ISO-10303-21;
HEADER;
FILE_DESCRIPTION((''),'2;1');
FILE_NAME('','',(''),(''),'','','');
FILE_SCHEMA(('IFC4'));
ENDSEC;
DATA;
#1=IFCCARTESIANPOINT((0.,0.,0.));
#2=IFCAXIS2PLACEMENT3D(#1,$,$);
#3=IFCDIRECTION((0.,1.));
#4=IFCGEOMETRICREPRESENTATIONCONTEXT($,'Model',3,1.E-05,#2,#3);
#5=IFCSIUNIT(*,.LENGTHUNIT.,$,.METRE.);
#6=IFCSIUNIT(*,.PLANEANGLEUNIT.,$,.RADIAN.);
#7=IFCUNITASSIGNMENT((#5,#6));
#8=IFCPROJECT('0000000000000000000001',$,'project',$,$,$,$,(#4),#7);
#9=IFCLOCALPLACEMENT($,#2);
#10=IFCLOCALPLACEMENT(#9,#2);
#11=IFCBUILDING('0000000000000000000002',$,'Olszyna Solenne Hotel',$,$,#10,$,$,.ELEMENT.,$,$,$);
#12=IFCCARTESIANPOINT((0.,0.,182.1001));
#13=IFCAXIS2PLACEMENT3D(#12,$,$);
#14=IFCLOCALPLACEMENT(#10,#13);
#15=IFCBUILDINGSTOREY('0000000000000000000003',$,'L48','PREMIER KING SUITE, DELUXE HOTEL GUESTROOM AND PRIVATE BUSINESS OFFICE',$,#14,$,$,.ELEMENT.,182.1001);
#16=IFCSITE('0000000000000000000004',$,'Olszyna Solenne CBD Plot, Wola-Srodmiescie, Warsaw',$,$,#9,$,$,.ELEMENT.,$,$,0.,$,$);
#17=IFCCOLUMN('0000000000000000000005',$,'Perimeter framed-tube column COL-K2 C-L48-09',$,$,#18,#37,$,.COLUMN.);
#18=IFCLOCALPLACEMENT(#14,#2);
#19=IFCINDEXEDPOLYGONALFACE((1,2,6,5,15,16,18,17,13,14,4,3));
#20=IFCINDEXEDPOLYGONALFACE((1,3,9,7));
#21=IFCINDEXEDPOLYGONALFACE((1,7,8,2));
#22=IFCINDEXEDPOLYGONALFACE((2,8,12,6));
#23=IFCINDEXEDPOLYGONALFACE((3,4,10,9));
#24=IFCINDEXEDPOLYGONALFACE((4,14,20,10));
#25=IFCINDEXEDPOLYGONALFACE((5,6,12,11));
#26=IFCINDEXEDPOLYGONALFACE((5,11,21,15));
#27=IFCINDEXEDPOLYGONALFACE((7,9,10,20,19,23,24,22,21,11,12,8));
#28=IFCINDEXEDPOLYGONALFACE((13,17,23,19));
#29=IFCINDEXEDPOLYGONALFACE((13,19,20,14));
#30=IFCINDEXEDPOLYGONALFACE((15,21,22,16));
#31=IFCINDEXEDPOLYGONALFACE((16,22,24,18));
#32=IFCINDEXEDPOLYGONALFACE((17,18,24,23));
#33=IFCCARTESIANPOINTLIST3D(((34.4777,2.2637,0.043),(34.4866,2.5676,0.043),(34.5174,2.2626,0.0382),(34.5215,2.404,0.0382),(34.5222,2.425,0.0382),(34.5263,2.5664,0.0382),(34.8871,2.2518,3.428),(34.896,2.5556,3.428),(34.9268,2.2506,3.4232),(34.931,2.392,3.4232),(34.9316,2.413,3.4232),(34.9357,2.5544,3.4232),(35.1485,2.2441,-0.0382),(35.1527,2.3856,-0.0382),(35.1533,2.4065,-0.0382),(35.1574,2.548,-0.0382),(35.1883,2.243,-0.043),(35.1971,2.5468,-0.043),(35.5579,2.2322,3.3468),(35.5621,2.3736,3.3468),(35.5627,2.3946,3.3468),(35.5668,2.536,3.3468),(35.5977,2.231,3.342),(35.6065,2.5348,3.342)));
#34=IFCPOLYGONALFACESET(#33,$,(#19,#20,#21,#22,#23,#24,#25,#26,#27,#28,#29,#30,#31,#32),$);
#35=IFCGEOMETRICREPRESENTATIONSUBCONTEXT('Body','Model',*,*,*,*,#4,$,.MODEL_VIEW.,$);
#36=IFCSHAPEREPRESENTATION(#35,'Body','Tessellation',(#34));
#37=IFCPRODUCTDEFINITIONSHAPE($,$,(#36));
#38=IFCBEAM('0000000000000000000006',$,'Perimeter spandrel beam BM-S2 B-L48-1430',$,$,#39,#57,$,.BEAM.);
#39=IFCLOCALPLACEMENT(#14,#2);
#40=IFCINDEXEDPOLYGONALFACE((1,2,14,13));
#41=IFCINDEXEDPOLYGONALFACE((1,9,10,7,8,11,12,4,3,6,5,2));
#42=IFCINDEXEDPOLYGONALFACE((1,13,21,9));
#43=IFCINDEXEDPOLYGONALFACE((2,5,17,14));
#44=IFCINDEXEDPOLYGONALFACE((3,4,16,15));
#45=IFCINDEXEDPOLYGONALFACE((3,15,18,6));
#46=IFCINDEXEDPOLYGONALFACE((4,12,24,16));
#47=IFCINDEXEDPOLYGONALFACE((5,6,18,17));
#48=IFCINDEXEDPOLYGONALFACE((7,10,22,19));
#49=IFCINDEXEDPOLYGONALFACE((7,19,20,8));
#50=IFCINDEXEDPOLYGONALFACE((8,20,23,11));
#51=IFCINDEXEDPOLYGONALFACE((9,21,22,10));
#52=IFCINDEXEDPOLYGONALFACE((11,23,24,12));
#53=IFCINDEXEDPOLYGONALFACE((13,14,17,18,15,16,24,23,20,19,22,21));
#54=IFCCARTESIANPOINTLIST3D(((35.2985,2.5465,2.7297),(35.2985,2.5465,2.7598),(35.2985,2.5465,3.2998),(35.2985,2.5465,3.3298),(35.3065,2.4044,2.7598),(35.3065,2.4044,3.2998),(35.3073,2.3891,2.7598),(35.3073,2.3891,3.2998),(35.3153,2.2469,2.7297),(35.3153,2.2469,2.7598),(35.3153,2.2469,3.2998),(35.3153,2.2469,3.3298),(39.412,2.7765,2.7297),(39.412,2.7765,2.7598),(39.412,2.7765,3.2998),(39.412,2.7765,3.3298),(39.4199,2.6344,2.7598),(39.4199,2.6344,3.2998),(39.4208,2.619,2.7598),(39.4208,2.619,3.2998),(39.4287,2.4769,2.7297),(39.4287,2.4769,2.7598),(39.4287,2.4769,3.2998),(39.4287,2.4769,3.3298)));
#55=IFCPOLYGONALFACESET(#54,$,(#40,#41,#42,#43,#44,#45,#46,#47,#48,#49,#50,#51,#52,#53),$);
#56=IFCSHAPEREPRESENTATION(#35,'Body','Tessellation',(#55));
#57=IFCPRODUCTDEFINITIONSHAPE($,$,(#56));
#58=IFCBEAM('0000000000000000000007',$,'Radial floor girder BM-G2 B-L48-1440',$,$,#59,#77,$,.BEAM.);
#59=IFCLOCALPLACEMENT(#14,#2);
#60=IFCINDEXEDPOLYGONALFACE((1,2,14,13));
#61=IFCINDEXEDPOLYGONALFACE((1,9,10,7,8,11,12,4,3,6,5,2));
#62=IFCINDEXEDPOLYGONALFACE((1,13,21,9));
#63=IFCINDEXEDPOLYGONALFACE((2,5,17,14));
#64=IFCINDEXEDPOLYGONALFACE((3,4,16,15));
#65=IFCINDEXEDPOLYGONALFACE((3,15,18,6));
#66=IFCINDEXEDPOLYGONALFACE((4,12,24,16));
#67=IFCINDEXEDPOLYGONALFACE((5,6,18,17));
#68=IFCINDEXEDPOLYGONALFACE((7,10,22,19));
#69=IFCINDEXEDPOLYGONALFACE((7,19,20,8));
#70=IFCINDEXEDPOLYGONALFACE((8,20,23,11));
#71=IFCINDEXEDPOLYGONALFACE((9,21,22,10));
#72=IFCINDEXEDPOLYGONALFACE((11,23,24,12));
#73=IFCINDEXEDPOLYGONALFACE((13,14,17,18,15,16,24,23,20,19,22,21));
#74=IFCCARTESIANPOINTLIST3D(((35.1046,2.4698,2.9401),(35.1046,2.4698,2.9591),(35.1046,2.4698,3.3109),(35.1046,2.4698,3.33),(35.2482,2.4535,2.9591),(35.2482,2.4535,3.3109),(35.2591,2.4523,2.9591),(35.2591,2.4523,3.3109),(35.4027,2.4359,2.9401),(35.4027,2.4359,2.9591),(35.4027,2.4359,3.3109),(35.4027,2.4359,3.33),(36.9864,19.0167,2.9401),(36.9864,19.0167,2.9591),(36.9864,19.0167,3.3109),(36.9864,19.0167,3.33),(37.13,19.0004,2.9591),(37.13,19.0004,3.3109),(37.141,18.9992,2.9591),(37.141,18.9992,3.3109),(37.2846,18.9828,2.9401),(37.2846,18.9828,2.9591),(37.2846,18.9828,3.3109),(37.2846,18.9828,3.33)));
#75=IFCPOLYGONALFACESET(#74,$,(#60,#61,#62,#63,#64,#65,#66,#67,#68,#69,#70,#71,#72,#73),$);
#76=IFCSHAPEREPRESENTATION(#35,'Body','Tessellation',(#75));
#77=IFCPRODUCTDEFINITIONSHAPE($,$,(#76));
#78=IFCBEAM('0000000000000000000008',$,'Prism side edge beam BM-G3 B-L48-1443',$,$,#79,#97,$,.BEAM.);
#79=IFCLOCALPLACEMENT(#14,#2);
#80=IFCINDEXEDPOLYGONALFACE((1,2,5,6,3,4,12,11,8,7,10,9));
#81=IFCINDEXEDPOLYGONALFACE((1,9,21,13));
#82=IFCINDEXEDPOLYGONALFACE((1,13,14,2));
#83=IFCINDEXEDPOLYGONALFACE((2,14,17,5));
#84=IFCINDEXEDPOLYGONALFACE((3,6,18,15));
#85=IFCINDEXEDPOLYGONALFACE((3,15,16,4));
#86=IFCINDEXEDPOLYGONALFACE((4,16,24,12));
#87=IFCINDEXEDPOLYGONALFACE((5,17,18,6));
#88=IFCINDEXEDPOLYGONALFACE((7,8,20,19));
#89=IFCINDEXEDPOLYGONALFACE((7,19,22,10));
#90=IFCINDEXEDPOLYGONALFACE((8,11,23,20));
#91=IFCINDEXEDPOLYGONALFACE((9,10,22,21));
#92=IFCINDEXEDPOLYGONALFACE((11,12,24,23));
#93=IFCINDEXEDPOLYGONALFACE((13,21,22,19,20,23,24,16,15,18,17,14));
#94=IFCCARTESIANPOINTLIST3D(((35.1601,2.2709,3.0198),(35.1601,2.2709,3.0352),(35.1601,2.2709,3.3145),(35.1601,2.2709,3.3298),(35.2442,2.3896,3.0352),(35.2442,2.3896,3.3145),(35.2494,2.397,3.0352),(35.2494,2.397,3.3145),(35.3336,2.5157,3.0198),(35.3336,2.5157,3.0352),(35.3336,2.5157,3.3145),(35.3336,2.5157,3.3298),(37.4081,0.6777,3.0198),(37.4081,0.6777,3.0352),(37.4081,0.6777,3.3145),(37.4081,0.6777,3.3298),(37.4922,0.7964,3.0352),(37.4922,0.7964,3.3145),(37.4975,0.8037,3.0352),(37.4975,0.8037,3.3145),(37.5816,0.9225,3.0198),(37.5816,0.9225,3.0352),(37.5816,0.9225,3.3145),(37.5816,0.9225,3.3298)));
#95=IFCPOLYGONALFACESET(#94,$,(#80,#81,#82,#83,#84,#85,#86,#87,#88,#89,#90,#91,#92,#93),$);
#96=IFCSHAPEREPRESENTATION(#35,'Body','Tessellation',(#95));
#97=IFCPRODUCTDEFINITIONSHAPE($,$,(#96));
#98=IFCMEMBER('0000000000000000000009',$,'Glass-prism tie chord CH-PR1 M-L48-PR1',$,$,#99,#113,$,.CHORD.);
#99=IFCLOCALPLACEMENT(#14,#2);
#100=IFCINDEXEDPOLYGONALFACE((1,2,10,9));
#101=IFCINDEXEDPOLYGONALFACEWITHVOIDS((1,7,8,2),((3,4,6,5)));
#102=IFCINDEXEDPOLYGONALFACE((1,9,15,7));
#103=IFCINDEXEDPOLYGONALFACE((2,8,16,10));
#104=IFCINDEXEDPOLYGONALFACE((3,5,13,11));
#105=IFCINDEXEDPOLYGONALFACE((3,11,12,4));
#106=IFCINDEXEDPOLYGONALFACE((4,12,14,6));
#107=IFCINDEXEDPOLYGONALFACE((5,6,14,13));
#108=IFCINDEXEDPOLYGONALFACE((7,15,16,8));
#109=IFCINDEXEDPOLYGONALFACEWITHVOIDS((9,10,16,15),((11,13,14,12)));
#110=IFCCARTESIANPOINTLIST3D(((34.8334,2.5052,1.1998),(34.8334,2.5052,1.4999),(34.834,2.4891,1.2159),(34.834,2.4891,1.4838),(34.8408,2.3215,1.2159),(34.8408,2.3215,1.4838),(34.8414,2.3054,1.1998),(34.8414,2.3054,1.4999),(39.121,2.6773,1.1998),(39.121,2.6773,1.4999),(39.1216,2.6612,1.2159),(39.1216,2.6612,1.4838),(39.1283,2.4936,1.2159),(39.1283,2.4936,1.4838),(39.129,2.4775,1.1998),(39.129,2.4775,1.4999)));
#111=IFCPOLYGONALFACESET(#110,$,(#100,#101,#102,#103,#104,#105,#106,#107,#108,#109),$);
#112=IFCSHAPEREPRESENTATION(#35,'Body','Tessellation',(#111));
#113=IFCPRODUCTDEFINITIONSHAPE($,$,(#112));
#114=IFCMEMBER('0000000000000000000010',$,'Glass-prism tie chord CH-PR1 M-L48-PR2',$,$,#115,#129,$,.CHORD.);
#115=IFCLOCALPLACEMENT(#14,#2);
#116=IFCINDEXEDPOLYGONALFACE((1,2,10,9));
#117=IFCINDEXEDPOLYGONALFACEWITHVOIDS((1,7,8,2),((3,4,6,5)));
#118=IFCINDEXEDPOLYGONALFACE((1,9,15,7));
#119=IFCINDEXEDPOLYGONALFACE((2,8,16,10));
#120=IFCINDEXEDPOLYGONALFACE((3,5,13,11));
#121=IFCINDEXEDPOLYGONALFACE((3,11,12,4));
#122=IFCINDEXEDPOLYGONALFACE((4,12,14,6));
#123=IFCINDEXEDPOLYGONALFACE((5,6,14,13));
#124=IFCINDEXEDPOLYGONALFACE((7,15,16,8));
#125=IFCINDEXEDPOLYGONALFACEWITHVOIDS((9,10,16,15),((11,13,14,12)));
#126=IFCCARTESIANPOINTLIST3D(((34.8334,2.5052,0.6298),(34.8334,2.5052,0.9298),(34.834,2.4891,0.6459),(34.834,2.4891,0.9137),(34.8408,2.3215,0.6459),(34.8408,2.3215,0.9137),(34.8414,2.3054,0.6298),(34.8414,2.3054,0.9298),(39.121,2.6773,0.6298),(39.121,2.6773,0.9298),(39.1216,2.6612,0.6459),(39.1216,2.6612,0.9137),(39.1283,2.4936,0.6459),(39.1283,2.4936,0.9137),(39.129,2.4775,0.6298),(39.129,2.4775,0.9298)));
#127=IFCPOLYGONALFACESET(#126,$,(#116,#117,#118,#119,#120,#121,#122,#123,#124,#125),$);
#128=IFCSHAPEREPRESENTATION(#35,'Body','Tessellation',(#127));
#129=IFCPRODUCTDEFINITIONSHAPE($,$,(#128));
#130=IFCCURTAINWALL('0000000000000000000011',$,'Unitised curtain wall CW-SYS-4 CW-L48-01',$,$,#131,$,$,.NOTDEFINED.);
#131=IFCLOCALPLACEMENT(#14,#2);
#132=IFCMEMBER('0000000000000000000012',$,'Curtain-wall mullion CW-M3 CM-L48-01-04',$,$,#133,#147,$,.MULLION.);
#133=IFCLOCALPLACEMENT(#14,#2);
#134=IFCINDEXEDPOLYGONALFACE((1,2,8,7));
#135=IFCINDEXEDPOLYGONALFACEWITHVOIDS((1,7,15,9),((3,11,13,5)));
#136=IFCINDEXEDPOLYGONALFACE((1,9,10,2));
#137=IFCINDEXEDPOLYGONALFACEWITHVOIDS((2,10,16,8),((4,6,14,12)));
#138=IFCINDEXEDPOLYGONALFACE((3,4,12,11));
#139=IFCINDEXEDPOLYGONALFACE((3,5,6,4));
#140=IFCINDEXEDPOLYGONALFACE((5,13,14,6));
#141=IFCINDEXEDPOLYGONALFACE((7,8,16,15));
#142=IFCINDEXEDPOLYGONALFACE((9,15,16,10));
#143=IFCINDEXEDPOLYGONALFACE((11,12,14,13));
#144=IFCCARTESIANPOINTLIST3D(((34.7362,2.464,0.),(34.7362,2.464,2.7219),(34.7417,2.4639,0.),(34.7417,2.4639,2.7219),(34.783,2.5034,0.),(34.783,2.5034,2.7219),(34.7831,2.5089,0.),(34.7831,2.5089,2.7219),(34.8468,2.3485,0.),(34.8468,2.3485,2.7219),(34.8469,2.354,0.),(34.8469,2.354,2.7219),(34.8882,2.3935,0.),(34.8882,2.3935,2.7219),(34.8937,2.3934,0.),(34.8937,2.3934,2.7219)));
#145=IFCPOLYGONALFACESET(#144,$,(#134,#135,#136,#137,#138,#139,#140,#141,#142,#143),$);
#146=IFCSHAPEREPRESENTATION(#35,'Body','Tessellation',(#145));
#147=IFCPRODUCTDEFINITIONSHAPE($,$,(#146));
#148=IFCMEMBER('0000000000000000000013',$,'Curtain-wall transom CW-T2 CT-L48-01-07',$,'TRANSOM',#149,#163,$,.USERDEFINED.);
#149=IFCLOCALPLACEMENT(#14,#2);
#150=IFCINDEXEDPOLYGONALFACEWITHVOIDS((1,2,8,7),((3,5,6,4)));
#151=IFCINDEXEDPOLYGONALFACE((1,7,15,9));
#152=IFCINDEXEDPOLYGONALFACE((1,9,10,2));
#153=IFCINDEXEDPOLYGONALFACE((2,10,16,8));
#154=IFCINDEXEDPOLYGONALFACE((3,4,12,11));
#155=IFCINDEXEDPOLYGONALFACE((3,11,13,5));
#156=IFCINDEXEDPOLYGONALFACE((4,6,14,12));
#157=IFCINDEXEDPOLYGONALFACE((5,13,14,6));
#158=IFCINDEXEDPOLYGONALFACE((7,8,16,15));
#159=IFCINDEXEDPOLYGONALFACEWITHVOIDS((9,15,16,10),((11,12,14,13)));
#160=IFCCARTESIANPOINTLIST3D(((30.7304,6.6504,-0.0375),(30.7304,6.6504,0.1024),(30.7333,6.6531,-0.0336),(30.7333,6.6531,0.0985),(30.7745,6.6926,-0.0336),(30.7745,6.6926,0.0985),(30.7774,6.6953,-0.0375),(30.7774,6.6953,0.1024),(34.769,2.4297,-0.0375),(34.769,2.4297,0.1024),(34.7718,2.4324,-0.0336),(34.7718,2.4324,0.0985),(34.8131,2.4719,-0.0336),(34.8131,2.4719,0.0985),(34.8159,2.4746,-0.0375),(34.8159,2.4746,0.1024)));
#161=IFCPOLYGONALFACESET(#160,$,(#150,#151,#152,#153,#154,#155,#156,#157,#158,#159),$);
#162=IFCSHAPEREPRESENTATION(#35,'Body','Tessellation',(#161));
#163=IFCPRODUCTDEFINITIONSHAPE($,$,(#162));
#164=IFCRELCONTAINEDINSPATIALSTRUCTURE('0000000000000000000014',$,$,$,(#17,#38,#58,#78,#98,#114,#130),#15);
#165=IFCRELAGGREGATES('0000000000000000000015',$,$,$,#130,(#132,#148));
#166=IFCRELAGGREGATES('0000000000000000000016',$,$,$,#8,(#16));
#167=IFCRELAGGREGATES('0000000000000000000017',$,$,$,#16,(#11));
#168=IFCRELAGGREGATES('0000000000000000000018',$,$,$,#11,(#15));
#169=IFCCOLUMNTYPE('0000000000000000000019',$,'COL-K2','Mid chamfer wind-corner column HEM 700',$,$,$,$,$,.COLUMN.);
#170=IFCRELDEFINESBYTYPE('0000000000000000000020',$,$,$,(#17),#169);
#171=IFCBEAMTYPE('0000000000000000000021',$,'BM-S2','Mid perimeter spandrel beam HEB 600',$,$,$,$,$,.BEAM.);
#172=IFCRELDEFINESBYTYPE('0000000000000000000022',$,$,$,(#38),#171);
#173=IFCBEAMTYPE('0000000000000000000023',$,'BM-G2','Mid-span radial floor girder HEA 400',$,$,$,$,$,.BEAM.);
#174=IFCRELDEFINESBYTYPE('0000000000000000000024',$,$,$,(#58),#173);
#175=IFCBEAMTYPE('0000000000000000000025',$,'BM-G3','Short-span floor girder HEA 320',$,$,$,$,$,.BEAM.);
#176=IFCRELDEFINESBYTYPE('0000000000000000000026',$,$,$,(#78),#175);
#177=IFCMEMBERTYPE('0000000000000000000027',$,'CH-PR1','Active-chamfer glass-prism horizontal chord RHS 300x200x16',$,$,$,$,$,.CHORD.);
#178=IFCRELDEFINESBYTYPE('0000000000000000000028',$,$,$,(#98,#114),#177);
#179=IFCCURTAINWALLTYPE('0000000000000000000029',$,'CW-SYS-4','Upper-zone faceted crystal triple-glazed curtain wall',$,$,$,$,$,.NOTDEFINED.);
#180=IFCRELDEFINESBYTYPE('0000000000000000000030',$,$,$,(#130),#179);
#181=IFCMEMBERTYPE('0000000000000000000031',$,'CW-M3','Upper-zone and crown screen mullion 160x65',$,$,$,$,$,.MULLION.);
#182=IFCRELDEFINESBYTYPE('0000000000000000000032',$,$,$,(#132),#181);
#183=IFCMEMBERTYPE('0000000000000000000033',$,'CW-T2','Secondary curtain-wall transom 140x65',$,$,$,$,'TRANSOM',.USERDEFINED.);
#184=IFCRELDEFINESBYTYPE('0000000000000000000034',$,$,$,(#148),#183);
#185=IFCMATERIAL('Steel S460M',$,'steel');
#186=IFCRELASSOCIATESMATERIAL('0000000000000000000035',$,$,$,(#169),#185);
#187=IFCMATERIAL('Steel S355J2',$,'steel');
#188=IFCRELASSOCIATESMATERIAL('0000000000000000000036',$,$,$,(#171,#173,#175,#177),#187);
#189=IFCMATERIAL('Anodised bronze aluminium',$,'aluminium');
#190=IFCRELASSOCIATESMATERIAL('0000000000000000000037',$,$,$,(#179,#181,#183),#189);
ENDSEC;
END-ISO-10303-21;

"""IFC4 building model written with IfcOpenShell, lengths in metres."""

from ifc_helpers import new_model, si_unit, direction, frame, origin, origin_2d, place, context, subcontext, project, spatial, hollow_rectangle, i_section, extrude, source, transform, mapped, material, material_profile, profile_set, type_object, element, aggregate, save


model = new_model("IFC4")

# Units and contexts
model_context = context("Model", 3, precision=1e-05, world=origin(), true_north=direction((0.0, 1.0)))
body_context = subcontext(model_context, "Body", "Model", "MODEL_VIEW")
ifc_project = project(units=[si_unit("LENGTHUNIT", "METRE"), si_unit("PLANEANGLEUNIT", "RADIAN")], contexts=[model_context])

# Site, building, storey
site_placement = place(None, origin())
site = spatial("IfcSite", under=ifc_project, at=site_placement, Name="Olszyna Solenne CBD Plot, Wola-Srodmiescie, Warsaw", CompositionType="ELEMENT", RefElevation=0.0)
building_placement = place(site_placement, origin())
building = spatial("IfcBuilding", under=site, at=building_placement, Name="Olszyna Solenne Hotel", CompositionType="ELEMENT")
storey_placement = place(building_placement, frame((0.0, 0.0, 182.1001)))
storey = spatial("IfcBuildingStorey", under=building, at=storey_placement, Name="L48", Description="PREMIER KING SUITE, DELUXE HOTEL GUESTROOM AND PRIVATE BUSINESS OFFICE", CompositionType="ELEMENT", Elevation=182.1001)

# Column
ifc_material_1 = material(Name="Steel S460M", Category="steel")
ifc_material_profile_1 = material_profile(ifc_material_1, i_section(OverallWidth=0.304, OverallDepth=0.7161, WebThickness=0.021, FlangeThickness=0.04, at=origin_2d()), Name="HEM 700", Category="load-bearing")
ifc_profile_set_1 = profile_set([ifc_material_profile_1], Name="Steel S460M")
column_type = type_object("IfcColumnType", Name="COL-K2", Description="Mid chamfer wind-corner column HEM 700", PredefinedType="COLUMN", material=ifc_profile_set_1)
shared_shape_1 = source(origin(), body_context, "Body", "SweptSolid", [
    extrude(i_section(OverallWidth=0.304, OverallDepth=0.7161, WebThickness=0.021, FlangeThickness=0.04, at=origin_2d()), origin(), (0.0, 0.0, 1.0), 3.4097),
])
column_placement = place(storey_placement, frame((34.8374, 2.4053, 0.0), z_axis=(0.120076, -0.003508, 0.992758), x_axis=(0.029206, 0.999573, 0.0)))
element("IfcColumn", 1, at=column_placement, inside=storey, type_object=column_type, Name="Perimeter framed-tube column COL-K2 C-L48-09", PredefinedType="COLUMN", context=body_context, shape_type="MappedRepresentation", body=[
    mapped(shared_shape_1, transform((0.0, 0.0, 0.0), x_axis=(1.0, 0.0, 0.0), y_axis=(0.0, 1.0, 0.0), z_axis=(0.0, 0.0, 1.0), scale=1.0)),
])

# Beams
ifc_material_2 = material(Name="Steel S355J2", Category="steel")
ifc_material_profile_2 = material_profile(ifc_material_2, i_section(OverallWidth=0.3, OverallDepth=0.6001, WebThickness=0.0154, FlangeThickness=0.03, at=origin_2d()), Name="HEB 600", Category="load-bearing")
ifc_profile_set_2 = profile_set([ifc_material_profile_2], Name="Steel S355J2")
beam_type_1 = type_object("IfcBeamType", Name="BM-S2", Description="Mid perimeter spandrel beam HEB 600", PredefinedType="BEAM", material=ifc_profile_set_2)
shared_shape_2 = source(origin(), body_context, "Body", "SweptSolid", [
    extrude(i_section(OverallWidth=0.3, OverallDepth=0.6001, WebThickness=0.0154, FlangeThickness=0.03, at=origin_2d()), origin(), (0.0, 0.0, 1.0), 4.1199),
])
beam_1_placement = place(storey_placement, frame((35.3069, 2.3967, 3.0298), z_axis=(0.998441, 0.055821, 0.0), x_axis=(-0.055821, 0.998441, 0.0)))
element("IfcBeam", 2, at=beam_1_placement, inside=storey, type_object=beam_type_1, Name="Perimeter spandrel beam BM-S2 B-L48-1430", PredefinedType="BEAM", context=body_context, shape_type="MappedRepresentation", body=[
    mapped(shared_shape_2, transform((0.0, 0.0, 0.0), x_axis=(1.0, 0.0, 0.0), y_axis=(0.0, 1.0, 0.0), z_axis=(0.0, 0.0, 1.0), scale=1.0)),
])
ifc_material_profile_3 = material_profile(ifc_material_2, i_section(OverallWidth=0.3, OverallDepth=0.3899, WebThickness=0.011, FlangeThickness=0.019, at=origin_2d()), Name="HEA 400", Category="load-bearing")
ifc_profile_set_3 = profile_set([ifc_material_profile_3], Name="Steel S355J2")
beam_type_2 = type_object("IfcBeamType", Name="BM-G2", Description="Mid-span radial floor girder HEA 400", PredefinedType="BEAM", material=ifc_profile_set_3)
shared_shape_3 = source(origin(), body_context, "Body", "SweptSolid", [
    extrude(i_section(OverallWidth=0.3, OverallDepth=0.3899, WebThickness=0.011, FlangeThickness=0.019, at=origin_2d()), origin(), (0.0, 0.0, 1.0), 16.6536),
])
beam_2_placement = place(storey_placement, frame((35.2537, 2.4529, 3.135), z_axis=(0.112999, 0.993595, 0.0), x_axis=(-0.993595, 0.112999, 0.0)))
element("IfcBeam", 3, at=beam_2_placement, inside=storey, type_object=beam_type_2, Name="Radial floor girder BM-G2 B-L48-1440", PredefinedType="BEAM", context=body_context, shape_type="MappedRepresentation", body=[
    mapped(shared_shape_3, transform((0.0, 0.0, 0.0), x_axis=(1.0, 0.0, 0.0), y_axis=(0.0, 1.0, 0.0), z_axis=(0.0, 0.0, 1.0), scale=1.0)),
])
ifc_material_profile_4 = material_profile(ifc_material_2, i_section(OverallWidth=0.3, OverallDepth=0.3101, WebThickness=0.009, FlangeThickness=0.0154, at=origin_2d()), Name="HEA 320", Category="load-bearing")
ifc_profile_set_4 = profile_set([ifc_material_profile_4], Name="Steel S355J2")
beam_type_3 = type_object("IfcBeamType", Name="BM-G3", Description="Short-span floor girder HEA 320", PredefinedType="BEAM", material=ifc_profile_set_4)
shared_shape_4 = source(origin(), body_context, "Body", "SweptSolid", [
    extrude(i_section(OverallWidth=0.3, OverallDepth=0.3101, WebThickness=0.009, FlangeThickness=0.0154, at=origin_2d()), origin(), (0.0, 0.0, 1.0), 2.7554),
])
beam_3_placement = place(storey_placement, frame((35.2468, 2.3933, 3.1748), z_axis=(0.815871, -0.578234, 0.0), x_axis=(0.578234, 0.815871, 0.0)))
element("IfcBeam", 4, at=beam_3_placement, inside=storey, type_object=beam_type_3, Name="Prism side edge beam BM-G3 B-L48-1443", PredefinedType="BEAM", context=body_context, shape_type="MappedRepresentation", body=[
    mapped(shared_shape_4, transform((0.0, 0.0, 0.0), x_axis=(1.0, 0.0, 0.0), y_axis=(0.0, 1.0, 0.0), z_axis=(0.0, 0.0, 1.0), scale=1.0)),
])

# Members
ifc_material_profile_5 = material_profile(ifc_material_2, hollow_rectangle(XDim=0.2, YDim=0.3, WallThickness=0.0161, at=origin_2d()), Name="RHS 300x200x16", Category="load-bearing")
ifc_profile_set_5 = profile_set([ifc_material_profile_5], Name="Steel S355J2")
member_type_1 = type_object("IfcMemberType", Name="CH-PR1", Description="Active-chamfer glass-prism horizontal chord RHS 300x200x16", PredefinedType="CHORD", material=ifc_profile_set_5)
shared_shape_5 = source(origin(), body_context, "Body", "SweptSolid", [
    extrude(hollow_rectangle(XDim=0.2, YDim=0.3, WallThickness=0.0161, at=origin_2d()), origin(), (0.0, 0.0, 1.0), 4.291),
])
for number, where, z_axis, x_axis, name in (
    (5, (34.8374, 2.4053, 1.3499), (0.999195, 0.040111, 0.0), (-0.040111, 0.999195, 0.0), "Glass-prism tie chord CH-PR1 M-L48-PR1"),
    (6, (34.8374, 2.4053, 0.7798), (0.999195, 0.040111, 0.0), (-0.040111, 0.999195, 0.0), "Glass-prism tie chord CH-PR1 M-L48-PR2"),
):
    element("IfcMember", number, at=place(storey_placement, frame(where, z_axis=z_axis, x_axis=x_axis)), inside=storey, type_object=member_type_1, Name=name, PredefinedType="CHORD", context=body_context, shape_type="MappedRepresentation", body=[
        mapped(shared_shape_5, transform((0.0, 0.0, 0.0), x_axis=(1.0, 0.0, 0.0), y_axis=(0.0, 1.0, 0.0), z_axis=(0.0, 0.0, 1.0), scale=1.0)),
    ])

# Curtain wall, members
ifc_material_3 = material(Name="Anodised bronze aluminium", Category="aluminium")
curtain_wall_type = type_object("IfcCurtainWallType", Name="CW-SYS-4", Description="Upper-zone faceted crystal triple-glazed curtain wall", PredefinedType="NOTDEFINED", material=ifc_material_3)
curtain_wall_placement = place(storey_placement, origin())
curtain_wall = element("IfcCurtainWall", 7, at=curtain_wall_placement, inside=storey, type_object=curtain_wall_type, Name="Unitised curtain wall CW-SYS-4 CW-L48-01", PredefinedType="NOTDEFINED")
ifc_material_profile_6 = material_profile(ifc_material_3, hollow_rectangle(XDim=0.0649, YDim=0.1599, WallThickness=0.0039, at=origin_2d()), Name="MULL 160x65x4", Category="load-bearing")
ifc_profile_set_6 = profile_set([ifc_material_profile_6], Name="Anodised bronze aluminium")
member_type_2 = type_object("IfcMemberType", Name="CW-M3", Description="Upper-zone and crown screen mullion 160x65", PredefinedType="MULLION", material=ifc_profile_set_6)
shared_shape_6 = source(origin(), body_context, "Body", "SweptSolid", [
    extrude(hollow_rectangle(XDim=0.0649, YDim=0.1599, WallThickness=0.0039, at=origin_2d()), origin(), (0.0, 0.0, 1.0), 2.7219),
])
member_1_placement = place(storey_placement, frame((34.8149, 2.4287, 0.0), z_axis=(0.0, 0.0, 1.0), x_axis=(0.722518, 0.691352, 0.0)))
member_1 = element("IfcMember", 8, at=member_1_placement, type_object=member_type_2, Name="Curtain-wall mullion CW-M3 CM-L48-01-04", PredefinedType="MULLION", context=body_context, shape_type="MappedRepresentation", body=[
    mapped(shared_shape_6, transform((0.0, 0.0, 0.0), x_axis=(1.0, 0.0, 0.0), y_axis=(0.0, 1.0, 0.0), z_axis=(0.0, 0.0, 1.0), scale=1.0)),
])
ifc_material_profile_7 = material_profile(ifc_material_3, hollow_rectangle(XDim=0.0649, YDim=0.1399, WallThickness=0.0039, at=origin_2d()), Name="TRAN 140x65x4", Category="load-bearing")
ifc_profile_set_7 = profile_set([ifc_material_profile_7], Name="Anodised bronze aluminium")
member_type_3 = type_object("IfcMemberType", Name="CW-T2", Description="Secondary curtain-wall transom 140x65", ElementType="TRANSOM", PredefinedType="USERDEFINED", material=ifc_profile_set_7)
shared_shape_7 = source(origin(), body_context, "Body", "SweptSolid", [
    extrude(hollow_rectangle(XDim=0.0649, YDim=0.1399, WallThickness=0.0039, at=origin_2d()), origin(), (0.0, 0.0, 1.0), 5.8416),
])
member_2_placement = place(storey_placement, frame((30.7539, 6.6729, 0.0325), z_axis=(0.691346, -0.722524, 0.0), x_axis=(0.722524, 0.691346, 0.0)))
member_2 = element("IfcMember", 9, at=member_2_placement, type_object=member_type_3, Name="Curtain-wall transom CW-T2 CT-L48-01-07", ObjectType="TRANSOM", PredefinedType="USERDEFINED", context=body_context, shape_type="MappedRepresentation", body=[
    mapped(shared_shape_7, transform((0.0, 0.0, 0.0), x_axis=(1.0, 0.0, 0.0), y_axis=(0.0, 1.0, 0.0), z_axis=(0.0, 0.0, 1.0), scale=1.0)),
])

aggregate(curtain_wall, [member_1, member_2])

save(model, "model.ifc")
